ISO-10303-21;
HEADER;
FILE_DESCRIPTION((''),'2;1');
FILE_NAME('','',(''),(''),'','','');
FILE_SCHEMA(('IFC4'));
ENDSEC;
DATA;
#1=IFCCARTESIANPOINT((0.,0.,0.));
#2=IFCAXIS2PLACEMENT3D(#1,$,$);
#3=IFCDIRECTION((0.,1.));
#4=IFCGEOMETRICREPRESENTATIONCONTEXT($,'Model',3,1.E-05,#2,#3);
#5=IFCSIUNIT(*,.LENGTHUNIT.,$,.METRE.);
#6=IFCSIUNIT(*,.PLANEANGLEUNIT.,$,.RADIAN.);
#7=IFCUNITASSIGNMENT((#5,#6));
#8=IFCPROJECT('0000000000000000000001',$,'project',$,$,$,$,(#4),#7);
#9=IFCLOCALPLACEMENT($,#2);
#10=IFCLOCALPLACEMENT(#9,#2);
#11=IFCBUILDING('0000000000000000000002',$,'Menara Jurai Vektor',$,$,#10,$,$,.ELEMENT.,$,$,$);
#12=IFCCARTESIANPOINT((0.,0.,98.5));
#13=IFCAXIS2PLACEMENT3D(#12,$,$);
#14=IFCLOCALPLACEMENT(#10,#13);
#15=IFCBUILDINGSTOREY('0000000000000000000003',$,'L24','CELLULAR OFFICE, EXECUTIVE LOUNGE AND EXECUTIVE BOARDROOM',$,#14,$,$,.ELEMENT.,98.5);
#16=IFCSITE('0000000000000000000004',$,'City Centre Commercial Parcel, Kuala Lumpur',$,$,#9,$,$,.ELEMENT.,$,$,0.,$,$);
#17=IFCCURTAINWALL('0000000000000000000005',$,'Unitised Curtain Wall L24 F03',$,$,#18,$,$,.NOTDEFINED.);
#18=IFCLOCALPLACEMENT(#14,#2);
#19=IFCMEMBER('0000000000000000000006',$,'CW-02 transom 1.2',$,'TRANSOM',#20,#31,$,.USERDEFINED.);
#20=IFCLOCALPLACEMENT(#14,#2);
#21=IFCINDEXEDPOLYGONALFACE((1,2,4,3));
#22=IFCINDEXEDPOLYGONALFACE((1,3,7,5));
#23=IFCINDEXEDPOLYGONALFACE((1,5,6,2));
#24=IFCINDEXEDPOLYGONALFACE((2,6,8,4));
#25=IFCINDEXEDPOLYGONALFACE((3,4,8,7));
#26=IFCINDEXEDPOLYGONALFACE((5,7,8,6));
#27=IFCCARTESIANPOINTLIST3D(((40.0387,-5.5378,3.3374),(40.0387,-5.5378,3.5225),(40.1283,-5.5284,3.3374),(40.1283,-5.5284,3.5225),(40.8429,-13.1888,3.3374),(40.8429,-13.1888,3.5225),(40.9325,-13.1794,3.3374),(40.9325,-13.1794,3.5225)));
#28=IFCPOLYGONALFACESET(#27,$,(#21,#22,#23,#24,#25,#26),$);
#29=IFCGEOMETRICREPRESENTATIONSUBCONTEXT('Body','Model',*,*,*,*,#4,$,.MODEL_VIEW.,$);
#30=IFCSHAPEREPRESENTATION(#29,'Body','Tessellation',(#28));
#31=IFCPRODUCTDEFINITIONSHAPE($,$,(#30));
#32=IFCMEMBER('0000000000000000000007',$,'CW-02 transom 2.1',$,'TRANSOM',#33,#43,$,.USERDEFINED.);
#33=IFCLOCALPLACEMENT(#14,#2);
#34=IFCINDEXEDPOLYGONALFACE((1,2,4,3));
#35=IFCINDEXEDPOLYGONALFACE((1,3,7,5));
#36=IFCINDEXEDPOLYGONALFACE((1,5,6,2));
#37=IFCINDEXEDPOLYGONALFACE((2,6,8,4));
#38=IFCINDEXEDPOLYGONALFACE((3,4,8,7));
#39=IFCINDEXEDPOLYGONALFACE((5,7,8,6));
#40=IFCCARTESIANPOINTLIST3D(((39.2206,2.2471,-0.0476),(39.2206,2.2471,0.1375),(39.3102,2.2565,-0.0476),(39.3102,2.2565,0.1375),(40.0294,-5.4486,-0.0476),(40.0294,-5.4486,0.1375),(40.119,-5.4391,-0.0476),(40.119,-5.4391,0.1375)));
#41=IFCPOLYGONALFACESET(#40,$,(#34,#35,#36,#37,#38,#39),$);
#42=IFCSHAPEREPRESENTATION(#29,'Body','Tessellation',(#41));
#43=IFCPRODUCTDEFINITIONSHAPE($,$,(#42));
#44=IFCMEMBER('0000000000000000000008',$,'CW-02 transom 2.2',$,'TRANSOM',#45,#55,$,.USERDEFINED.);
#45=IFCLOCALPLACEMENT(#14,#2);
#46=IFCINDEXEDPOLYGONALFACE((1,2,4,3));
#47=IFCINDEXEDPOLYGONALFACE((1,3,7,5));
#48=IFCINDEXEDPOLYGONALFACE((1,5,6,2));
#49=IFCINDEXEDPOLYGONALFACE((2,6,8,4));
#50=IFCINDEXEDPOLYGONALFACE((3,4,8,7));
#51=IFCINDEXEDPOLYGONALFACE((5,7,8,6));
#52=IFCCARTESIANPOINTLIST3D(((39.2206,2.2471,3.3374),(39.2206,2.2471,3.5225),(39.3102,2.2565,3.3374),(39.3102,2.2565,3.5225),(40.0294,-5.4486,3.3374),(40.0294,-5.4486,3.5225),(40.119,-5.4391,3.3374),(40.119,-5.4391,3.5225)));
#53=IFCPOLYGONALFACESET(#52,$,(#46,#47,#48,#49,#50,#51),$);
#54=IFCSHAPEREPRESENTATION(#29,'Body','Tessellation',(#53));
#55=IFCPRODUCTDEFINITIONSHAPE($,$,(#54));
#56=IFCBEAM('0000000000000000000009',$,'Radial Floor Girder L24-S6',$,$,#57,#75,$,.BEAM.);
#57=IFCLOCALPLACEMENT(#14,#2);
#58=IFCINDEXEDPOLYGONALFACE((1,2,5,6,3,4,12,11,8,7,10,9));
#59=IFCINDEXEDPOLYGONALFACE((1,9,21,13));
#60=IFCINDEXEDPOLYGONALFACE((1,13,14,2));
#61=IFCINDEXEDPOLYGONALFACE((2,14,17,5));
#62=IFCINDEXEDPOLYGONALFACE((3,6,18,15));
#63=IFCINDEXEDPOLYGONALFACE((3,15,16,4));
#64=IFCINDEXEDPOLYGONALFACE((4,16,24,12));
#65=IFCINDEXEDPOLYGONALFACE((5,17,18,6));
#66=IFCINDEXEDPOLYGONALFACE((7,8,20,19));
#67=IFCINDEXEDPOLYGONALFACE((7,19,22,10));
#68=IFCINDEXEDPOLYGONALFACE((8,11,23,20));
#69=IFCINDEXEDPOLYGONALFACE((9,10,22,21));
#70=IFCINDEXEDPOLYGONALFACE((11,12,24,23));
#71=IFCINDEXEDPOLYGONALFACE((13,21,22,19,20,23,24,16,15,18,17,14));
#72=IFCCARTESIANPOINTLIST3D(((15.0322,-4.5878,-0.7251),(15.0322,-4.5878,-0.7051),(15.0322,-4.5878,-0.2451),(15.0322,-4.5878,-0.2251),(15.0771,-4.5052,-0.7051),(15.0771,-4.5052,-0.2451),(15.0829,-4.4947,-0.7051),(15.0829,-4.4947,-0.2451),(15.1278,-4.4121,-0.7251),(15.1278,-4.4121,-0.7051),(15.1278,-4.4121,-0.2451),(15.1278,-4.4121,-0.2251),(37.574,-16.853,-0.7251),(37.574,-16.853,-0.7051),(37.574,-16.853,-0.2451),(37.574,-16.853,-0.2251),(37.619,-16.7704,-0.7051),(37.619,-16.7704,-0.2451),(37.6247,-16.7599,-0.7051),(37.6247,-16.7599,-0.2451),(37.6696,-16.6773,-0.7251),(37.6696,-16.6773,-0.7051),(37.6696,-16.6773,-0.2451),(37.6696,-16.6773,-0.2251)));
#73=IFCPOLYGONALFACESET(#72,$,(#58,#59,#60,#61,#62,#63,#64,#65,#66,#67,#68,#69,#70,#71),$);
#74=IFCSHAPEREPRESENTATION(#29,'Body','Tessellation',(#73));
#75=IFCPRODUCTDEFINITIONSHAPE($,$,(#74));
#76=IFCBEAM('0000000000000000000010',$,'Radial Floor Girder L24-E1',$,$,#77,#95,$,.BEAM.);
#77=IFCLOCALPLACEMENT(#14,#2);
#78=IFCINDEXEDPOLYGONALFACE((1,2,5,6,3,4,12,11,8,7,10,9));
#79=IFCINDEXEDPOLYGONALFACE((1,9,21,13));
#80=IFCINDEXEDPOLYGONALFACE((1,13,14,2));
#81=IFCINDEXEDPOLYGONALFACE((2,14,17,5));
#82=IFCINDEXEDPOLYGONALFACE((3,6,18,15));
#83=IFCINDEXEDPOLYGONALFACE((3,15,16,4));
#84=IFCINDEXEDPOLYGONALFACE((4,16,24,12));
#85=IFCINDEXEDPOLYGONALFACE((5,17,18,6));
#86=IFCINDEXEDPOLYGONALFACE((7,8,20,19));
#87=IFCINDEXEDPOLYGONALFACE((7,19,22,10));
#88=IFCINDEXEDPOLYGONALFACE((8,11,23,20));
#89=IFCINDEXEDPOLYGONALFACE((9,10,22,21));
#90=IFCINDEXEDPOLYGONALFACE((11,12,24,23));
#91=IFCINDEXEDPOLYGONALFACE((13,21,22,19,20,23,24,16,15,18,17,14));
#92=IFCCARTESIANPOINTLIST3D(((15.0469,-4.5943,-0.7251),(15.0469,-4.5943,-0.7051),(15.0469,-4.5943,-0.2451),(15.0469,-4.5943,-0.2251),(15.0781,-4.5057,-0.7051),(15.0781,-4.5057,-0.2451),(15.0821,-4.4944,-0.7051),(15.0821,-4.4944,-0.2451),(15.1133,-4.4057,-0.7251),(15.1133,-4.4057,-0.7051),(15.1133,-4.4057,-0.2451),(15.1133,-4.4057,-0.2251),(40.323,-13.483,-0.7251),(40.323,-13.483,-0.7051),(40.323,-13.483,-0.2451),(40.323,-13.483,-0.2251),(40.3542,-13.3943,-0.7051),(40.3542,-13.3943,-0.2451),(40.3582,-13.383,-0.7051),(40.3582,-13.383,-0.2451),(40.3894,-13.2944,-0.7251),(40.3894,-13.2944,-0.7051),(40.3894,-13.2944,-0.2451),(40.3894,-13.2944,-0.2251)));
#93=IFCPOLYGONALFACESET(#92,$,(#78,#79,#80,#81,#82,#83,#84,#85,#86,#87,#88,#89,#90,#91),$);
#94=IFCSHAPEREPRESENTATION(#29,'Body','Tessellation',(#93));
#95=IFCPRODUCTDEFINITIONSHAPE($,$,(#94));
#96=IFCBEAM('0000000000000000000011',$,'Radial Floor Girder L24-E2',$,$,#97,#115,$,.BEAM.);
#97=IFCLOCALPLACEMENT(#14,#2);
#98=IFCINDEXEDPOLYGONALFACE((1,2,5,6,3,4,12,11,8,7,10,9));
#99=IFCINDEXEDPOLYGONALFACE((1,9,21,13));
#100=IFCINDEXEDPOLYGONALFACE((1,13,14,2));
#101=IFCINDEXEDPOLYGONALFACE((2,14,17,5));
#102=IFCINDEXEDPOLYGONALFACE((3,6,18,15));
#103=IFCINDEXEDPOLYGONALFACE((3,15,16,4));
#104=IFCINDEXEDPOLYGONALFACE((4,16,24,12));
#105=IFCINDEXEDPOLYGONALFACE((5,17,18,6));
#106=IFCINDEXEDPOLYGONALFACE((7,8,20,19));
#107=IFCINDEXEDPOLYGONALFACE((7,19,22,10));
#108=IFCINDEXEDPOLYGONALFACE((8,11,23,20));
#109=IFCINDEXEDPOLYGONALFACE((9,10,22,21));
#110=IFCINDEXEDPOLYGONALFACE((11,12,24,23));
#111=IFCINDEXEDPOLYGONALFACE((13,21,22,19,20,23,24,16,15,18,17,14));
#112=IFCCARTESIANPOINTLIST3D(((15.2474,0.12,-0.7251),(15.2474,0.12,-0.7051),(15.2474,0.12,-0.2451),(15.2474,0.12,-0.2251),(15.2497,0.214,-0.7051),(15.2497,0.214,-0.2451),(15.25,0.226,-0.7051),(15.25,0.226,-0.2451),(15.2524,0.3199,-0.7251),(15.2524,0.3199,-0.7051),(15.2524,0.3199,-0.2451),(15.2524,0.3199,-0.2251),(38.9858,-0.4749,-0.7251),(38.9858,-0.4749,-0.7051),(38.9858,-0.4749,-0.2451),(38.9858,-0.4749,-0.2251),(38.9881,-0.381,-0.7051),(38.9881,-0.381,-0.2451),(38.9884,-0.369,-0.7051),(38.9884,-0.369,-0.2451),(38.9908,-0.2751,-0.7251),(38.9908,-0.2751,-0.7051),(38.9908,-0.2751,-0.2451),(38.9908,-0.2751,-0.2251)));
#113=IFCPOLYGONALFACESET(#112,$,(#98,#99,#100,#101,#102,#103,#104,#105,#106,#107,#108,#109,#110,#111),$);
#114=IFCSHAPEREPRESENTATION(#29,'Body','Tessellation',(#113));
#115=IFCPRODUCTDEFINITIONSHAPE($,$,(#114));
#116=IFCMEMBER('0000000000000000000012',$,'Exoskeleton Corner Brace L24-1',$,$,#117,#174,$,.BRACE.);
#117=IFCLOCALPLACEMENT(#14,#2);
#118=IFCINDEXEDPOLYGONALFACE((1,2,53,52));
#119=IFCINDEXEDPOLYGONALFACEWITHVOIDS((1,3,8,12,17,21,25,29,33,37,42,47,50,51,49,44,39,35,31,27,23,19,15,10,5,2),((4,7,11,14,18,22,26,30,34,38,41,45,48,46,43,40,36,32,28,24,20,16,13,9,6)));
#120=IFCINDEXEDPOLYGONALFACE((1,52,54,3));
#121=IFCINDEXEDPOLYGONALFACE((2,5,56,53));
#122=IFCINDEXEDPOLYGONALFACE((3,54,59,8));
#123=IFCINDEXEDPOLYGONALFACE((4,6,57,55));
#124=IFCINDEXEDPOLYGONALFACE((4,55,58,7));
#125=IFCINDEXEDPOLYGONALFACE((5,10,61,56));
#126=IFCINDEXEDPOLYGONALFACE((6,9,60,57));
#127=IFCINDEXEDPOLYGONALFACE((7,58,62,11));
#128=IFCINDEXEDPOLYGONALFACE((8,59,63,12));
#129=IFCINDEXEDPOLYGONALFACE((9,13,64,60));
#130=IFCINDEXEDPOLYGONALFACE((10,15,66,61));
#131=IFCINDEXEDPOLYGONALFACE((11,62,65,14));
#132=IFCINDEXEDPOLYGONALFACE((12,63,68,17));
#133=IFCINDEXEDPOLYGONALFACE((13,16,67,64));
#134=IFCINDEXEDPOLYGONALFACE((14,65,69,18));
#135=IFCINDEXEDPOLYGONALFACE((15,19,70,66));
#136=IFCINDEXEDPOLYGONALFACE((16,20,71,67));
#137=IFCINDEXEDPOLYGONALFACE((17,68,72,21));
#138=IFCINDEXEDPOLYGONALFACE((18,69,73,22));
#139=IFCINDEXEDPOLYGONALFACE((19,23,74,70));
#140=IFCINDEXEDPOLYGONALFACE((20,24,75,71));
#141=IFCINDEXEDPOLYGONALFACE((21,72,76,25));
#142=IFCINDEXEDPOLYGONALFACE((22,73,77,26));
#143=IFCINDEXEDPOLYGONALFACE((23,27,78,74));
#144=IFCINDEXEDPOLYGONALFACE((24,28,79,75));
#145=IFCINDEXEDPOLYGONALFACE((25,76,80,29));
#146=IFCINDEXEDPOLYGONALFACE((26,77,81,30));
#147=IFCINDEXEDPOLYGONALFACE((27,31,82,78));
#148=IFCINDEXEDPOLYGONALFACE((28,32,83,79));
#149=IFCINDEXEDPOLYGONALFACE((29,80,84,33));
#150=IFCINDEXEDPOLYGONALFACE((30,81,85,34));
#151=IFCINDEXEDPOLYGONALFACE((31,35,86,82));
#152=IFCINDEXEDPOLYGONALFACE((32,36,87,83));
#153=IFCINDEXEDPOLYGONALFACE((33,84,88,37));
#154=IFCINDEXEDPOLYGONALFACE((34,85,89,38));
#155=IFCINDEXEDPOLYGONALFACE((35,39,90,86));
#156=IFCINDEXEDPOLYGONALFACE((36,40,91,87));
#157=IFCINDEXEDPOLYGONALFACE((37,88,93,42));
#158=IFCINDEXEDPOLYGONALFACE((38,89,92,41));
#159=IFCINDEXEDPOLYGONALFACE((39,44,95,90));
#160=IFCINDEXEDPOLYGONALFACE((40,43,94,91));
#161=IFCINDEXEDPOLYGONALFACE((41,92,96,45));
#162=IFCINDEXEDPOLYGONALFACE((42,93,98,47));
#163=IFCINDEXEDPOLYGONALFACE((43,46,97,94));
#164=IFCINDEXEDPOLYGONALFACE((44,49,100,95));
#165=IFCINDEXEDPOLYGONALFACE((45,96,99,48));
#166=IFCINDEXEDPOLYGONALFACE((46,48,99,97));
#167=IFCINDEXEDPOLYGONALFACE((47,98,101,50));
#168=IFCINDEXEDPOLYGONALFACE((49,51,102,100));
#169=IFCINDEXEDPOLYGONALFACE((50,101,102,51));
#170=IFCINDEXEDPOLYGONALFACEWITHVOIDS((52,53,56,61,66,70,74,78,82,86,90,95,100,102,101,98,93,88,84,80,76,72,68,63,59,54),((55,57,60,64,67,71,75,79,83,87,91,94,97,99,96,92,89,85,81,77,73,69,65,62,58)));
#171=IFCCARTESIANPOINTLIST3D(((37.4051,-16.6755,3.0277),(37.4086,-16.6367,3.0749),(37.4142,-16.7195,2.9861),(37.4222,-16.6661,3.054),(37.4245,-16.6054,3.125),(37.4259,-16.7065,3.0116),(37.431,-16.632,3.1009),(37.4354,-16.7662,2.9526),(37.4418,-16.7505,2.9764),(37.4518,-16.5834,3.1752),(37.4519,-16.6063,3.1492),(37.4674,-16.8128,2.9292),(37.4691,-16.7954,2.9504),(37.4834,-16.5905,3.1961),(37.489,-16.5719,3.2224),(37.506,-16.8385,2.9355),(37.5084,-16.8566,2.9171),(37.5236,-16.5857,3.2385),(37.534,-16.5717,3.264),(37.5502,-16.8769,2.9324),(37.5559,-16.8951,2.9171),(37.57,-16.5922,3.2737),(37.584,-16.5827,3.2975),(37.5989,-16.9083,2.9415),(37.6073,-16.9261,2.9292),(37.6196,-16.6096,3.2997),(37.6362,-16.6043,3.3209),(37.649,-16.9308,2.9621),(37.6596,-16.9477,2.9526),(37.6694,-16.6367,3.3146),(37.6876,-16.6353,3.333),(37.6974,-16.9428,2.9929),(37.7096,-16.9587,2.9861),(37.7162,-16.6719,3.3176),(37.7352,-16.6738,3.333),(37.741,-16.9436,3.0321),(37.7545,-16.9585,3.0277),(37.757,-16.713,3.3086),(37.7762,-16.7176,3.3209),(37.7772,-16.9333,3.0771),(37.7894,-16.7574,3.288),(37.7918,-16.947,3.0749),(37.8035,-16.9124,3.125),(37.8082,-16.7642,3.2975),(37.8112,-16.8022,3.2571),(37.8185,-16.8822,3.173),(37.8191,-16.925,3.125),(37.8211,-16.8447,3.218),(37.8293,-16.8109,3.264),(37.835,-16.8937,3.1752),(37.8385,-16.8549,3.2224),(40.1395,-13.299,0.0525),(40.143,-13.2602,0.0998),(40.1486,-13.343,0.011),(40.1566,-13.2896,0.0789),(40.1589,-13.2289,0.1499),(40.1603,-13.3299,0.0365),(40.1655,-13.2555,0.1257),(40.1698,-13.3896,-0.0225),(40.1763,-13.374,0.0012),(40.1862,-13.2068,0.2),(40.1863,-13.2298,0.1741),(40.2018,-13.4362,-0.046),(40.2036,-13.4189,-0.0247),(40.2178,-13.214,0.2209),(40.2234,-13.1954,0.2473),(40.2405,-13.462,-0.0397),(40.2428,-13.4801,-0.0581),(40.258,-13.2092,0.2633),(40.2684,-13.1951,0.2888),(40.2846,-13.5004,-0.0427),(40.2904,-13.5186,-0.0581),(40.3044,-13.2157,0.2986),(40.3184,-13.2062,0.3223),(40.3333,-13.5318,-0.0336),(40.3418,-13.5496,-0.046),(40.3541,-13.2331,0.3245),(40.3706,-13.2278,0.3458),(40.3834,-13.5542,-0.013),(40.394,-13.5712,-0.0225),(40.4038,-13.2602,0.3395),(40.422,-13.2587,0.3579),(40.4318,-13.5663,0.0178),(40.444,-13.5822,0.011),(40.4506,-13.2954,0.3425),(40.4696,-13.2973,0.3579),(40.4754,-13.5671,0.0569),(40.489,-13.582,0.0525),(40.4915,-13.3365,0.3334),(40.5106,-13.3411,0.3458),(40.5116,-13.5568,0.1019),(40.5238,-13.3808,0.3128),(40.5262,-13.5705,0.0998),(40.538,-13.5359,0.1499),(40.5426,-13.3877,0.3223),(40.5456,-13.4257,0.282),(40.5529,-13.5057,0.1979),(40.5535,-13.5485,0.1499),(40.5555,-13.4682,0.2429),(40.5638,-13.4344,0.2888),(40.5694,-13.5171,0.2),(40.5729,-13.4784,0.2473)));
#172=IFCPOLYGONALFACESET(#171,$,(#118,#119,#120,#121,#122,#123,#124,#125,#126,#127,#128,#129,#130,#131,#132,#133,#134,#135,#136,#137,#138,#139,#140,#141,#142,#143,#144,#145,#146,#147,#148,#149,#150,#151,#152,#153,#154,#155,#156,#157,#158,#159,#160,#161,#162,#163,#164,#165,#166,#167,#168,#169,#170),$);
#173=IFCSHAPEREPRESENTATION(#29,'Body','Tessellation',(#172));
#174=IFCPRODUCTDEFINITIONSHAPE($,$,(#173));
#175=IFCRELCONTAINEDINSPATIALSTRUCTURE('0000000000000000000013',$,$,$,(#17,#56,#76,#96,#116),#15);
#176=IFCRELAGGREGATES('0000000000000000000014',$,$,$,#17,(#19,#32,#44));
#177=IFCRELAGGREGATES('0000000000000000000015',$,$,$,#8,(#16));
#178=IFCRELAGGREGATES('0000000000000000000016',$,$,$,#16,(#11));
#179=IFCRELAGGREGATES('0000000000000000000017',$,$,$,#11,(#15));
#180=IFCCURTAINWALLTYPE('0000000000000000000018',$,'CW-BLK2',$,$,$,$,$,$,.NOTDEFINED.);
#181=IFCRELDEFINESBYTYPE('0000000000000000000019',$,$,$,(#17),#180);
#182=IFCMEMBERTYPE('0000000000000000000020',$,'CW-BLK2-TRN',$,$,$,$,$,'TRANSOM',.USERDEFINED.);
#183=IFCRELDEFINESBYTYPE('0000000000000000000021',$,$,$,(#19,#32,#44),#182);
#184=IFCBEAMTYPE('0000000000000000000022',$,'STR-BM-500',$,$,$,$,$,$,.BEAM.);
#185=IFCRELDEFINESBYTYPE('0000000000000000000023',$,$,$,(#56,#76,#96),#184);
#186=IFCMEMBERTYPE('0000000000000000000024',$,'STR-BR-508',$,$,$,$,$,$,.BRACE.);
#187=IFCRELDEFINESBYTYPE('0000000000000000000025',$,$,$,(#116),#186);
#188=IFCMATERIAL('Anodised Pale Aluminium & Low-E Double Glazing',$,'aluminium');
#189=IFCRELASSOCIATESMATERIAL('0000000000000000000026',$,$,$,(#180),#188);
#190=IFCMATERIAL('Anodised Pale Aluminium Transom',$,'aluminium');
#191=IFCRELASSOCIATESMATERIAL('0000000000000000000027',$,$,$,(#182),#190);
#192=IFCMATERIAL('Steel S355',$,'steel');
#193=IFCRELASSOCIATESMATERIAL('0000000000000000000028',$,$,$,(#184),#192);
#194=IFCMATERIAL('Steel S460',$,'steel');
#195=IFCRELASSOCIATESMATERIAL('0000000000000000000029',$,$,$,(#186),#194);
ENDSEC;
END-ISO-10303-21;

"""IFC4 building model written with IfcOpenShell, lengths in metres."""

from ifc_helpers import new_model, si_unit, direction, frame, origin, origin_2d, place, context, subcontext, project, spatial, rectangle, hollow_circle, i_section, extrude, material, material_profile, profile_set, type_object, element, aggregate, save


model = new_model("IFC4")

# Units and contexts
model_context = context("Model", 3, precision=1e-05, world=origin(), true_north=direction((0.0, 1.0)))
body_context = subcontext(model_context, "Body", "Model", "MODEL_VIEW")
ifc_project = project(units=[si_unit("LENGTHUNIT", "METRE"), si_unit("PLANEANGLEUNIT", "RADIAN")], contexts=[model_context])

# Site, building, storey
site_placement = place(None, origin())
site = spatial("IfcSite", under=ifc_project, at=site_placement, Name="City Centre Commercial Parcel, Kuala Lumpur", CompositionType="ELEMENT", RefElevation=0.0)
building_placement = place(site_placement, origin())
building = spatial("IfcBuilding", under=site, at=building_placement, Name="Menara Jurai Vektor", CompositionType="ELEMENT")
storey_placement = place(building_placement, frame((0.0, 0.0, 98.5)))
storey = spatial("IfcBuildingStorey", under=building, at=storey_placement, Name="L24", Description="CELLULAR OFFICE, EXECUTIVE LOUNGE AND EXECUTIVE BOARDROOM", CompositionType="ELEMENT", Elevation=98.5)

# Shared definitions
ifc_material_1 = material(Name="Steel S460", Category="steel")

# Curtain wall
ifc_material_2 = material(Name="Anodised Pale Aluminium & Low-E Double Glazing", Category="aluminium")
curtain_wall_type = type_object("IfcCurtainWallType", Name="CW-BLK2", PredefinedType="NOTDEFINED", material=ifc_material_2)
curtain_wall_1_placement = place(storey_placement, origin())
curtain_wall_1 = element("IfcCurtainWall", 1, at=curtain_wall_1_placement, inside=storey, type_object=curtain_wall_type, Name="Unitised Curtain Wall L24 F03", PredefinedType="NOTDEFINED")

# Members
ifc_material_3 = material(Name="Anodised Pale Aluminium Transom", Category="aluminium")
ifc_material_profile_1 = material_profile(ifc_material_3, rectangle(XDim=0.0901, YDim=0.1851, at=origin_2d()), Name="ALU TRN 90x185")
ifc_profile_set_1 = profile_set([ifc_material_profile_1], Name="Anodised Pale Aluminium Transom")
member_type_1 = type_object("IfcMemberType", Name="CW-BLK2-TRN", ElementType="TRANSOM", PredefinedType="USERDEFINED", material=ifc_profile_set_1)
member_1_placement = place(storey_placement, frame((40.8877, -13.1841, 3.4299), z_axis=(-0.104536, 0.994521, 0.0), x_axis=(-0.994521, -0.104536, 0.0)))
member_1 = element("IfcMember", 2, at=member_1_placement, type_object=member_type_1, Name="CW-02 transom 1.2", ObjectType="TRANSOM", PredefinedType="USERDEFINED", context=body_context, shape_type="SweptSolid", body=[
    extrude(rectangle(XDim=0.0901, YDim=0.1851, at=origin_2d()), origin(), (0.0, 0.0, 1.0), 7.6931),
])
member_2_placement = place(storey_placement, frame((40.0742, -5.4438, 0.0449), z_axis=(-0.104529, 0.994522, 0.0), x_axis=(-0.994522, -0.104529, 0.0)))
member_2 = element("IfcMember", 3, at=member_2_placement, type_object=member_type_1, Name="CW-02 transom 2.1", ObjectType="TRANSOM", PredefinedType="USERDEFINED", context=body_context, shape_type="SweptSolid", body=[
    extrude(rectangle(XDim=0.0901, YDim=0.1851, at=origin_2d()), origin(), (0.0, 0.0, 1.0), 7.738),
])
member_3_placement = place(storey_placement, frame((40.0742, -5.4438, 3.4299), z_axis=(-0.104529, 0.994522, 0.0), x_axis=(-0.994522, -0.104529, 0.0)))
member_3 = element("IfcMember", 4, at=member_3_placement, type_object=member_type_1, Name="CW-02 transom 2.2", ObjectType="TRANSOM", PredefinedType="USERDEFINED", context=body_context, shape_type="SweptSolid", body=[
    extrude(rectangle(XDim=0.0901, YDim=0.1851, at=origin_2d()), origin(), (0.0, 0.0, 1.0), 7.738),
])

# Beams
ifc_material_4 = material(Name="Steel S355", Category="steel")
ifc_material_profile_2 = material_profile(ifc_material_4, i_section(OverallWidth=0.2, OverallDepth=0.5, WebThickness=0.012, FlangeThickness=0.02, at=origin_2d()), Name="PG 500x200x96")
ifc_profile_set_2 = profile_set([ifc_material_profile_2], Name="Steel S355")
beam_type_1 = type_object("IfcBeamType", Name="STR-BM-500", PredefinedType="BEAM", material=ifc_profile_set_2)
beam_1_placement = place(storey_placement, frame((37.6218, -16.7651, -0.4751), z_axis=(-0.878392, 0.47794, 0.0), x_axis=(-0.47794, -0.878392, 0.0)))
element("IfcBeam", 5, at=beam_1_placement, inside=storey, type_object=beam_type_1, Name="Radial Floor Girder L24-S6", PredefinedType="BEAM", context=body_context, shape_type="SweptSolid", body=[
    extrude(i_section(OverallWidth=0.2, OverallDepth=0.5, WebThickness=0.012, FlangeThickness=0.02, at=origin_2d()), origin(), (0.0, 0.0, 1.0), 25.6626),
])
beam_2_placement = place(storey_placement, frame((40.3562, -13.3887, -0.4751), z_axis=(-0.943368, 0.331747, 0.0), x_axis=(-0.331747, -0.943368, 0.0)))
element("IfcBeam", 6, at=beam_2_placement, inside=storey, type_object=beam_type_1, Name="Radial Floor Girder L24-E1", PredefinedType="BEAM", context=body_context, shape_type="SweptSolid", body=[
    extrude(i_section(OverallWidth=0.2, OverallDepth=0.5, WebThickness=0.012, FlangeThickness=0.02, at=origin_2d()), origin(), (0.0, 0.0, 1.0), 26.7935),
])
beam_3_placement = place(storey_placement, frame((38.9883, -0.375, -0.4751), z_axis=(-0.999686, 0.025056, 0.0), x_axis=(-0.025056, -0.999686, 0.0)))
element("IfcBeam", 7, at=beam_3_placement, inside=storey, type_object=beam_type_1, Name="Radial Floor Girder L24-E2", PredefinedType="BEAM", context=body_context, shape_type="SweptSolid", body=[
    extrude(i_section(OverallWidth=0.2, OverallDepth=0.5, WebThickness=0.012, FlangeThickness=0.02, at=origin_2d()), origin(), (0.0, 0.0, 1.0), 23.7458),
])

# Member
ifc_material_profile_3 = material_profile(ifc_material_1, hollow_circle(Radius=0.2539, WallThickness=0.02, at=origin_2d()), Name="CHS 508x20")
ifc_profile_set_3 = profile_set([ifc_material_profile_3], Name="Steel S460")
member_type_2 = type_object("IfcMemberType", Name="STR-BR-508", PredefinedType="BRACE", material=ifc_profile_set_3)
member_4_placement = place(storey_placement, frame((40.3562, -13.3887, 0.1499), z_axis=(-0.519272, -0.641208, 0.564986), x_axis=(0.777127, -0.629344, 0.0)))
element("IfcMember", 8, at=member_4_placement, inside=storey, type_object=member_type_2, Name="Exoskeleton Corner Brace L24-1", PredefinedType="BRACE", context=body_context, shape_type="SweptSolid", body=[
    extrude(hollow_circle(Radius=0.2539, WallThickness=0.02, at=origin_2d()), origin(), (0.0, 0.0, 1.0), 5.2659),
])

aggregate(curtain_wall_1, [member_1, member_2, member_3])

save(model, "model.ifc")
